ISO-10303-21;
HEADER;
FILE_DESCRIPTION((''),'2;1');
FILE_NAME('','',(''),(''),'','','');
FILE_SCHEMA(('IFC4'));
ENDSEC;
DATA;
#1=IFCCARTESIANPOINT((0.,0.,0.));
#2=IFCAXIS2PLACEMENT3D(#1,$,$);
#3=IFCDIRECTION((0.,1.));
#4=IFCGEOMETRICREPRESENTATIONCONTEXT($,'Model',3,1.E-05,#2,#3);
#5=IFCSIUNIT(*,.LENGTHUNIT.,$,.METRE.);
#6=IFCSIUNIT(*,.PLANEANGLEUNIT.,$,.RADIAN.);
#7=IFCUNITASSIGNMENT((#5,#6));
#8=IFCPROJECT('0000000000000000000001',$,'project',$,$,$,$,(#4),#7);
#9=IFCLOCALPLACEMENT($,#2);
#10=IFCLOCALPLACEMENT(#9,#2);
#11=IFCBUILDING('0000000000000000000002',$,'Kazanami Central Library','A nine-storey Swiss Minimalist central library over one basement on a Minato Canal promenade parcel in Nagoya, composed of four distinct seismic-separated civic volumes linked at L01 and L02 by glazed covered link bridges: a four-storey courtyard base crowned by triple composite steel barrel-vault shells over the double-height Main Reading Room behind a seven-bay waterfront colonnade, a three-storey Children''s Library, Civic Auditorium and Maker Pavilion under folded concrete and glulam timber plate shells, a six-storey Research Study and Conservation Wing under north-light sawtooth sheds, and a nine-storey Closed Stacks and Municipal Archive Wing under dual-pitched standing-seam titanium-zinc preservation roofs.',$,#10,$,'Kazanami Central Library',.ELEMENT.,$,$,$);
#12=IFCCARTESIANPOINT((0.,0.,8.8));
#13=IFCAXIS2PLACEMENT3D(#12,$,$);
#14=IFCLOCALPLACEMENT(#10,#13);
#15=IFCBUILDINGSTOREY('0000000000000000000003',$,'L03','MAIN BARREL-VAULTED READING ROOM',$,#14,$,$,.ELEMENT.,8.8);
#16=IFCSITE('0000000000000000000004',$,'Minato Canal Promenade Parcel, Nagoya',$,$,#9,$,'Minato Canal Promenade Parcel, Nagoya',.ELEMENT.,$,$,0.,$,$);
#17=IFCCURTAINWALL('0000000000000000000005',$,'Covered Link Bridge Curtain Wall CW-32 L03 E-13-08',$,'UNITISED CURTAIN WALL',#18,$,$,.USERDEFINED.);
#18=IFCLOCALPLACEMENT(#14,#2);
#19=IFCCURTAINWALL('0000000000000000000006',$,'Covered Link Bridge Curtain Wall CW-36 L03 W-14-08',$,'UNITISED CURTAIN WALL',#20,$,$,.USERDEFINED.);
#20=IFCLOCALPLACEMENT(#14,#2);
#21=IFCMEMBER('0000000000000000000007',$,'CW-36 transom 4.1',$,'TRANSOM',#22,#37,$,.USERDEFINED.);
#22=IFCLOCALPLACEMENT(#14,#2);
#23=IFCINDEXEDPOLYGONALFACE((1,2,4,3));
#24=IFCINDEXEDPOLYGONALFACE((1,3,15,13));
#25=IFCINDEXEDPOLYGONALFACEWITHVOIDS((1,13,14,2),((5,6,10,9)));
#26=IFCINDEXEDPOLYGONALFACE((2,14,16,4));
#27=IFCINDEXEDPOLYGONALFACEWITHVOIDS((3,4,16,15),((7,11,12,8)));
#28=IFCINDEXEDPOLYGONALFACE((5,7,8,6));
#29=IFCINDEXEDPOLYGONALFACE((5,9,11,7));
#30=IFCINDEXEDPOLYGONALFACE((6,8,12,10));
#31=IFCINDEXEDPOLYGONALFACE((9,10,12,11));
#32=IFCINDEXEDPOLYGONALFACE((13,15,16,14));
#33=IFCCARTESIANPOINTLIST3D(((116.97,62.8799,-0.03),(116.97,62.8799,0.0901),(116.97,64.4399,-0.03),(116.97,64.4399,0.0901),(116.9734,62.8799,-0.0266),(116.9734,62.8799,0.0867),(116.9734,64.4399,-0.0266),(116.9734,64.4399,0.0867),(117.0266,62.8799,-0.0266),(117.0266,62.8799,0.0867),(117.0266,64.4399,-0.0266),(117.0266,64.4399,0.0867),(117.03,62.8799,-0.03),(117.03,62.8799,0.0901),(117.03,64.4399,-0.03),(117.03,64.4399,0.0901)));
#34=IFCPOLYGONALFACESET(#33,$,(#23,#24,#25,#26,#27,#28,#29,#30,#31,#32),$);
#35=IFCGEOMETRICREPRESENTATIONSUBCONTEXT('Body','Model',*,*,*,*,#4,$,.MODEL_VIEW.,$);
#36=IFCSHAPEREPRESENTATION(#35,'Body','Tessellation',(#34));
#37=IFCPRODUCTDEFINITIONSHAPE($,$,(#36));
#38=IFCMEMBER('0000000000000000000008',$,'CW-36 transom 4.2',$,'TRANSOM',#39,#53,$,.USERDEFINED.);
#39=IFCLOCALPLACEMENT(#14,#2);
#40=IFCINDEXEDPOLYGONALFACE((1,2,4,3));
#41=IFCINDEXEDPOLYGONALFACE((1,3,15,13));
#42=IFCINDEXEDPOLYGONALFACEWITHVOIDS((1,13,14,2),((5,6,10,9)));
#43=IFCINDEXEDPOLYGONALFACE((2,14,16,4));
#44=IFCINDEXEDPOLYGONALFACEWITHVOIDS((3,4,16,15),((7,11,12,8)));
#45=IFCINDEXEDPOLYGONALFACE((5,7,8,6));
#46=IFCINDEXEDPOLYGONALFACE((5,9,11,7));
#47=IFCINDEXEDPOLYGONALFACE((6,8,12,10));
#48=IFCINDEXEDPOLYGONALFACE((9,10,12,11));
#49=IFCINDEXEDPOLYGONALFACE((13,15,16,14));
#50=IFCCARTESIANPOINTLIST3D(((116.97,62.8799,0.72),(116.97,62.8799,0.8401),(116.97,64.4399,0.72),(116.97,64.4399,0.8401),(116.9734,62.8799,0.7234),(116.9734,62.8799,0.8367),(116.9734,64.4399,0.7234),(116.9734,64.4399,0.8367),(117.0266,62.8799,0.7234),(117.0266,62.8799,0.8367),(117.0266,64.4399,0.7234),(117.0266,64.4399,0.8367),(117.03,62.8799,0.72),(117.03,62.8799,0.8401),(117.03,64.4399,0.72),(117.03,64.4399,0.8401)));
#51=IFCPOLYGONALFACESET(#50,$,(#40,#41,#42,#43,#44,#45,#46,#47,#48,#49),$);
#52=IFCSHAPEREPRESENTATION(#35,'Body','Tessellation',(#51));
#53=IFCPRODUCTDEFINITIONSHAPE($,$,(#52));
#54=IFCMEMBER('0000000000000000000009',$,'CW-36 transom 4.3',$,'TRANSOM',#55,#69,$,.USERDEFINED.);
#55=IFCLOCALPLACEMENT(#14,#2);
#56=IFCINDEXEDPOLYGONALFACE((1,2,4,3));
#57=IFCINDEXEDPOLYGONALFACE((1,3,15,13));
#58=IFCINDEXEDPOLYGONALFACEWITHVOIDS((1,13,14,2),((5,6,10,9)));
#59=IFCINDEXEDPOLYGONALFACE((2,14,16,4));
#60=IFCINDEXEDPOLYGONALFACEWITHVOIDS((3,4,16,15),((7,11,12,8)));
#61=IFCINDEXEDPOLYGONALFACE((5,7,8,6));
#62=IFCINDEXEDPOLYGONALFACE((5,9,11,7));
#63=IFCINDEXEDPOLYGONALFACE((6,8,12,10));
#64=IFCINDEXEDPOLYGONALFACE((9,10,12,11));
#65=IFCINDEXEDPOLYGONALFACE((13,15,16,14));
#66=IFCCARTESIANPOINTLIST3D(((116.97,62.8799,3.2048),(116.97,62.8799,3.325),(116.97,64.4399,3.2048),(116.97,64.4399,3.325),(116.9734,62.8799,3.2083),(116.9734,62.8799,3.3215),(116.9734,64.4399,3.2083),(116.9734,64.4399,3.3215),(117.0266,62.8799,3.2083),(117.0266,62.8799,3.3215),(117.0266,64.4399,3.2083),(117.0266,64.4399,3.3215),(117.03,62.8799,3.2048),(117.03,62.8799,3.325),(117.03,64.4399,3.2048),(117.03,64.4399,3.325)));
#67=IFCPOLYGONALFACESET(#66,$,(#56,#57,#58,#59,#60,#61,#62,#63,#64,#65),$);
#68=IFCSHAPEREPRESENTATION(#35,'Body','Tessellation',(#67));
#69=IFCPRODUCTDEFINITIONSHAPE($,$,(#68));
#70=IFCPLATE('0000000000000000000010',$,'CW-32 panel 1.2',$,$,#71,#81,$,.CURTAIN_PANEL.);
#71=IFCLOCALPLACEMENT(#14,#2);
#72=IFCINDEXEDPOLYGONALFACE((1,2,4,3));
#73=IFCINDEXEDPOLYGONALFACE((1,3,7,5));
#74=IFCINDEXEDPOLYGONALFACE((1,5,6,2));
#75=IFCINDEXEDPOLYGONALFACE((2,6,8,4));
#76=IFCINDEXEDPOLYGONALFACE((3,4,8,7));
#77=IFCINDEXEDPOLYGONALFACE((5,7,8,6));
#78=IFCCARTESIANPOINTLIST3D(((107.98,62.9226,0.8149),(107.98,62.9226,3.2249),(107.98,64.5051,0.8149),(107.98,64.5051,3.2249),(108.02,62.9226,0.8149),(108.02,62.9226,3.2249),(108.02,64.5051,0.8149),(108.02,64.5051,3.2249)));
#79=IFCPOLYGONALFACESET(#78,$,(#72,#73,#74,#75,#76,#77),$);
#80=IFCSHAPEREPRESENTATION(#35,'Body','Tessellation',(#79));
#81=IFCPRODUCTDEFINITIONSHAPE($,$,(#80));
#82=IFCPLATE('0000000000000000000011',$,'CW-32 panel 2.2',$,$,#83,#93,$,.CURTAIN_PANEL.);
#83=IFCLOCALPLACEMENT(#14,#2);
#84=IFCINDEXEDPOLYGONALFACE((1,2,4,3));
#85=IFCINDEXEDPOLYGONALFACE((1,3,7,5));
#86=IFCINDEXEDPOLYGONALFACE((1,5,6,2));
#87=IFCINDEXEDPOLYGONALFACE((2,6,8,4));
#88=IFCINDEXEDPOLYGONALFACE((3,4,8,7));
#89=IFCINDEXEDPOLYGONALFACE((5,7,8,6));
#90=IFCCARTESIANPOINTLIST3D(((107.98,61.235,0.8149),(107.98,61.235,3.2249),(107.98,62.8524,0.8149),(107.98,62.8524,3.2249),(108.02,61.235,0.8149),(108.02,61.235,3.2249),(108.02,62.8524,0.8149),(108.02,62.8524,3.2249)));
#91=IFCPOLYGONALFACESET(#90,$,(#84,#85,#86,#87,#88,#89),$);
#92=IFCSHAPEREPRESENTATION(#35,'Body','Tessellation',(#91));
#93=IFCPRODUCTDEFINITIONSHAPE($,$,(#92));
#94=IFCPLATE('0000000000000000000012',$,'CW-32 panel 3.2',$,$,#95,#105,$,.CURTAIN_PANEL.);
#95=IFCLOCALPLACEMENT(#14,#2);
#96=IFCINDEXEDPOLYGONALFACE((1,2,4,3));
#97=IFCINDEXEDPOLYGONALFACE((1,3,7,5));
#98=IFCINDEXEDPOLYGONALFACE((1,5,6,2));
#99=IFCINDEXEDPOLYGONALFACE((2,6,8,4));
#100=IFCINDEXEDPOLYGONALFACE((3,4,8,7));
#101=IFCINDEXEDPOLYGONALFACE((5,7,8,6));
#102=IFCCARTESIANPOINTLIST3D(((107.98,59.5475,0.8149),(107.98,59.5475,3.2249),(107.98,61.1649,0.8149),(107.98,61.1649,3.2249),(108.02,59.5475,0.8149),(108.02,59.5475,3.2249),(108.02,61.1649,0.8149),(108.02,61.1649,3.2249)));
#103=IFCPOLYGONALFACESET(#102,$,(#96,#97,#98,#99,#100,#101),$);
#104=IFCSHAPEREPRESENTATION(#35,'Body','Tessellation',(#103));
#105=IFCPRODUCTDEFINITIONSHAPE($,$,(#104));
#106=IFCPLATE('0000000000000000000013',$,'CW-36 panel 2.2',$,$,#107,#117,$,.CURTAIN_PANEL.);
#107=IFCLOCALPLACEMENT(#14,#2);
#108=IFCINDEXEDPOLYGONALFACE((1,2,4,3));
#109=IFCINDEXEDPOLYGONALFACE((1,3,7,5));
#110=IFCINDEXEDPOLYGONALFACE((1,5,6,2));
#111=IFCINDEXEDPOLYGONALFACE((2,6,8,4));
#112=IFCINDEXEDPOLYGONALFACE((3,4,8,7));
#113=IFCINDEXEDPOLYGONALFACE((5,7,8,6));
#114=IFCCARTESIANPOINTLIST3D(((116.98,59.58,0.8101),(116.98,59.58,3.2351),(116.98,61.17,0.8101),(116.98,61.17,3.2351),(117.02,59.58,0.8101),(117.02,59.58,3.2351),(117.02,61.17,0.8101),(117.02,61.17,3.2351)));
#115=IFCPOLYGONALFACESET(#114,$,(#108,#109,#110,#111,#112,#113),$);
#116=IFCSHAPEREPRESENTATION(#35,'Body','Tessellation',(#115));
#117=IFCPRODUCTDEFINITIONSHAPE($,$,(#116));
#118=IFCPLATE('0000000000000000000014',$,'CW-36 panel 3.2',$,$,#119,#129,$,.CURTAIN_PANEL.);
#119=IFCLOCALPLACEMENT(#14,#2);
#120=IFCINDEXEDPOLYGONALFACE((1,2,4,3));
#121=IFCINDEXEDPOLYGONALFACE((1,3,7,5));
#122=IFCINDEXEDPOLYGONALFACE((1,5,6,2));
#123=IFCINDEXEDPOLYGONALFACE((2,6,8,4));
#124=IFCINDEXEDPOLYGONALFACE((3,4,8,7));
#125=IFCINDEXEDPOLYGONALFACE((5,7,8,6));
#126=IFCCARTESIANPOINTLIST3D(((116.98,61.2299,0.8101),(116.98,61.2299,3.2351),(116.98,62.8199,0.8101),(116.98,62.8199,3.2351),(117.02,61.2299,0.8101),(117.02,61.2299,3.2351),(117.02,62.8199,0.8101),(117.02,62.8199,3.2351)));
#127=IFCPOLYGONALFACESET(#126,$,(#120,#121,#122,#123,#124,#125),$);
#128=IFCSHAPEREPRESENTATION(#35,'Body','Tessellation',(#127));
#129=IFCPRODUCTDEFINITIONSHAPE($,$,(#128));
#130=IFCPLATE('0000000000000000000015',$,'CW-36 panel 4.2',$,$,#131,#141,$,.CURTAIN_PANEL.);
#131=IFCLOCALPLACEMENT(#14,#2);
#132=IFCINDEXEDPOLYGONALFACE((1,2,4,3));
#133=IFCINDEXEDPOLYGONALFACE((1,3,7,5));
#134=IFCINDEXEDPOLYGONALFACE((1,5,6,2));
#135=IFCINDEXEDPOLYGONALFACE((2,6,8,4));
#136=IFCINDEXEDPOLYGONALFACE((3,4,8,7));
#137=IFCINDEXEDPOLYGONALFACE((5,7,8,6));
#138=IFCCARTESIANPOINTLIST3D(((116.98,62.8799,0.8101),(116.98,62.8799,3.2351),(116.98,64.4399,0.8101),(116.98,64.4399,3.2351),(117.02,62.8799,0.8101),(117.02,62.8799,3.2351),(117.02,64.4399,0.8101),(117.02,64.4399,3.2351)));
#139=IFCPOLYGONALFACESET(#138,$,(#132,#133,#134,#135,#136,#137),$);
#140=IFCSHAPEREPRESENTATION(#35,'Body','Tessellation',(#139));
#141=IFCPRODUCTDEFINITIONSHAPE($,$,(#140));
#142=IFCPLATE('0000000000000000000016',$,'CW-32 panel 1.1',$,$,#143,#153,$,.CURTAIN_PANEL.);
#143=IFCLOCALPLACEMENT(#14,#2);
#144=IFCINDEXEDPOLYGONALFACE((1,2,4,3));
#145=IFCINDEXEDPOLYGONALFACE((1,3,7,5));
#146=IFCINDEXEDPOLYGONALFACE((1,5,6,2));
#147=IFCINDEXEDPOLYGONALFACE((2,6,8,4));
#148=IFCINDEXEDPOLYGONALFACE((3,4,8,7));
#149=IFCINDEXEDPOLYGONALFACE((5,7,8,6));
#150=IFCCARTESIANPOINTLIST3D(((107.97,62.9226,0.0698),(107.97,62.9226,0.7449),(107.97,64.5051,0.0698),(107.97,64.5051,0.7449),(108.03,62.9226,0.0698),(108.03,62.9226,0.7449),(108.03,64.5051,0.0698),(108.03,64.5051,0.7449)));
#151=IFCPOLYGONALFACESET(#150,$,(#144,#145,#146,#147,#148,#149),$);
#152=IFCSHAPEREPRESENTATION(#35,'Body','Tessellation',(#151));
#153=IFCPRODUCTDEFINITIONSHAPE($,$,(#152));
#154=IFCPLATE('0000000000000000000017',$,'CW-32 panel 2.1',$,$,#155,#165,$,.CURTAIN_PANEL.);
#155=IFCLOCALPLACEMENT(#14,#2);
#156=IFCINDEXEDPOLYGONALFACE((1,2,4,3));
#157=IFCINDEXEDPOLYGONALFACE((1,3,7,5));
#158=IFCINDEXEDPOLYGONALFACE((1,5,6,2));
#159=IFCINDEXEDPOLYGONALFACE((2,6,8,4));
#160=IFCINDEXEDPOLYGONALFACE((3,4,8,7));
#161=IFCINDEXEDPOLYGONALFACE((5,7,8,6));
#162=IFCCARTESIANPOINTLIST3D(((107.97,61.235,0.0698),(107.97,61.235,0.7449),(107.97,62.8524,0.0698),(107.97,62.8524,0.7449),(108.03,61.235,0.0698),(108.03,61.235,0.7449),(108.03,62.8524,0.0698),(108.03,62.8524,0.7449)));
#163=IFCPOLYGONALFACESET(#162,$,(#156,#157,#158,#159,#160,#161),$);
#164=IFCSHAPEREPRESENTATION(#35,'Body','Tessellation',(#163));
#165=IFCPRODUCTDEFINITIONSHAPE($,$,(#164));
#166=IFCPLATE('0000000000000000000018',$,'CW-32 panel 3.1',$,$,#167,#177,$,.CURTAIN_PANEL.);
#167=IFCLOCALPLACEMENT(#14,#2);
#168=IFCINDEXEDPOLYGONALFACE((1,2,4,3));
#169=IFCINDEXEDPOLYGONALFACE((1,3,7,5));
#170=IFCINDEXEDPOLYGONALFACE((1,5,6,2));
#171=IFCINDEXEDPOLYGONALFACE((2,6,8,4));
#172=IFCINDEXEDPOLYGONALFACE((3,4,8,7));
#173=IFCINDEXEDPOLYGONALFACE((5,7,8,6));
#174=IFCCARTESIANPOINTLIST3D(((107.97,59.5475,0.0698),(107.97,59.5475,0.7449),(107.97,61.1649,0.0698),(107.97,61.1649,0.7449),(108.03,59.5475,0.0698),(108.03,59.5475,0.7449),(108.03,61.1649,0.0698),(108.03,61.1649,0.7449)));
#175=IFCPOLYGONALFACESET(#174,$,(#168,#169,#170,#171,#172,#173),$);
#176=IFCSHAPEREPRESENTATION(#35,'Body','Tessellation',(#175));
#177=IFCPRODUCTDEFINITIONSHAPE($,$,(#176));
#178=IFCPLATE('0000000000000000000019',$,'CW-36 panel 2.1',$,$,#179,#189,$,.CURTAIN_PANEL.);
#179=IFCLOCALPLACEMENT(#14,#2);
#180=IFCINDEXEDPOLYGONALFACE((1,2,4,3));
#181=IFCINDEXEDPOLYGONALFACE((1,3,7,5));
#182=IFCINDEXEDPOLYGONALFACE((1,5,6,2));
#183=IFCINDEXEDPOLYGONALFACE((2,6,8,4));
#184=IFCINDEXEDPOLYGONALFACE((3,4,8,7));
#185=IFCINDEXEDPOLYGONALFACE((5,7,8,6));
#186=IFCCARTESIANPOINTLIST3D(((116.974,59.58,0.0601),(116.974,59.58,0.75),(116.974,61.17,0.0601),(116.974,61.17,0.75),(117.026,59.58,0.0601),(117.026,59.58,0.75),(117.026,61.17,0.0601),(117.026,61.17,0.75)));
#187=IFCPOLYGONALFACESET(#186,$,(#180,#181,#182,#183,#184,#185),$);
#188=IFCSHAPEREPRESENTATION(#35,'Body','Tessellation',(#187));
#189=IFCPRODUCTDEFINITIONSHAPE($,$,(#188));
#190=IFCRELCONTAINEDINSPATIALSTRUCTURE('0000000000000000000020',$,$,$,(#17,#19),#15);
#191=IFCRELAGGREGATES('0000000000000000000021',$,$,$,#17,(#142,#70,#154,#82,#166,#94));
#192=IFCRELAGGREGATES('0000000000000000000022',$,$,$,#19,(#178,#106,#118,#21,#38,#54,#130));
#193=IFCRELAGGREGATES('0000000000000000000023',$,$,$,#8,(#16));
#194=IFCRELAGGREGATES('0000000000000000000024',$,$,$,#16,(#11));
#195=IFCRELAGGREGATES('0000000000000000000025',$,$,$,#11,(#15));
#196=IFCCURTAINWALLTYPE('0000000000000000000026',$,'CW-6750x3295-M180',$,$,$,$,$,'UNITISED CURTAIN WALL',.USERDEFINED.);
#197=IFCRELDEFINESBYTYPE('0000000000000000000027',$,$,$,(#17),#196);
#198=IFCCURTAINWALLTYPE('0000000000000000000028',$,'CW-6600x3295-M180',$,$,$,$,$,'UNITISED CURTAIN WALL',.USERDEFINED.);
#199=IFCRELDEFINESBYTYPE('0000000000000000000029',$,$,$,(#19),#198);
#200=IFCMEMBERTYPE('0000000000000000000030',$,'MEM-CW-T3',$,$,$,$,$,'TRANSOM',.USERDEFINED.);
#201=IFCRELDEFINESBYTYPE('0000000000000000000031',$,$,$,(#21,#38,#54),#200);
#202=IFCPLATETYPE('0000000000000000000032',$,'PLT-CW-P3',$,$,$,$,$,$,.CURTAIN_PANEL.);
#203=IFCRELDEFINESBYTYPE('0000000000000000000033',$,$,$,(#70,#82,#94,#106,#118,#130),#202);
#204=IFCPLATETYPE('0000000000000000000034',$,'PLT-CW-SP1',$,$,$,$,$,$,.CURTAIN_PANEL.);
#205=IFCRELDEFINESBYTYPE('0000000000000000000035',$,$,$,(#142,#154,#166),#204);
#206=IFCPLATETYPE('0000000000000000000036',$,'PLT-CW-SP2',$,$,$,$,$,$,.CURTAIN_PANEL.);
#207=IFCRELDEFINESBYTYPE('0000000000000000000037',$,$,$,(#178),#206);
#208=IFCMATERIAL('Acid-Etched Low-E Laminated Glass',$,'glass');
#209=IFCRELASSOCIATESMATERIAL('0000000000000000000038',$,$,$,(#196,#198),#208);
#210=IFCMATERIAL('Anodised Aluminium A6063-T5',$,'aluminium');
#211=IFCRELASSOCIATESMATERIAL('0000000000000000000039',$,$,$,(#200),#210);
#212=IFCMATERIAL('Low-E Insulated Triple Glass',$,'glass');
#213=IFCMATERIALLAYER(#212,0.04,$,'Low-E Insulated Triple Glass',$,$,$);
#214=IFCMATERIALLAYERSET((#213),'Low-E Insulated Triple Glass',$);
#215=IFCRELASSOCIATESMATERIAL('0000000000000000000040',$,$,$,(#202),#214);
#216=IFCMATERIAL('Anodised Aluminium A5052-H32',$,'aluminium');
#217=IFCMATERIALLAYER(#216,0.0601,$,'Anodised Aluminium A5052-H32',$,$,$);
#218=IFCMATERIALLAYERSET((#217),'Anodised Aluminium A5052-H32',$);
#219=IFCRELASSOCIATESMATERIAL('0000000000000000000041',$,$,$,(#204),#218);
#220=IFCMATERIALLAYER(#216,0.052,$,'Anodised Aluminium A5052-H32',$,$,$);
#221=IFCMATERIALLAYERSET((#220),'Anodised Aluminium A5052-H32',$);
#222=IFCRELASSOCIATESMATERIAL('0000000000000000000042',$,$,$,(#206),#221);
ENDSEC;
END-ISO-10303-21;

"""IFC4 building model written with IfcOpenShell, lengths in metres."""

from ifc_helpers import new_model, si_unit, direction, frame, origin, origin_2d, place, context, subcontext, project, spatial, rectangle, hollow_rectangle, extrude, material, layer, layer_set, material_profile, profile_set, type_object, element, aggregate, save


model = new_model("IFC4")

# Units and contexts
model_context = context("Model", 3, precision=1e-05, world=origin(), true_north=direction((0.0, 1.0)))
body_context = subcontext(model_context, "Body", "Model", "MODEL_VIEW")
ifc_project = project(units=[si_unit("LENGTHUNIT", "METRE"), si_unit("PLANEANGLEUNIT", "RADIAN")], contexts=[model_context])

# Site, building, storey
site_placement = place(None, origin())
site = spatial("IfcSite", under=ifc_project, at=site_placement, Name="Minato Canal Promenade Parcel, Nagoya", LongName="Minato Canal Promenade Parcel, Nagoya", CompositionType="ELEMENT", RefElevation=0.0)
building_placement = place(site_placement, origin())
building = spatial("IfcBuilding", under=site, at=building_placement, Name="Kazanami Central Library", Description="A nine-storey Swiss Minimalist central library over one basement on a Minato Canal promenade parcel in Nagoya, composed of four distinct seismic-separated civic volumes linked at L01 and L02 by glazed covered link bridges: a four-storey courtyard base crowned by triple composite steel barrel-vault shells over the double-height Main Reading Room behind a seven-bay waterfront colonnade, a three-storey Children's Library, Civic Auditorium and Maker Pavilion under folded concrete and glulam timber plate shells, a six-storey Research Study and Conservation Wing under north-light sawtooth sheds, and a nine-storey Closed Stacks and Municipal Archive Wing under dual-pitched standing-seam titanium-zinc preservation roofs.", LongName="Kazanami Central Library", CompositionType="ELEMENT")
storey_placement = place(building_placement, frame((0.0, 0.0, 8.8)))
storey = spatial("IfcBuildingStorey", under=building, at=storey_placement, Name="L03", Description="MAIN BARREL-VAULTED READING ROOM", CompositionType="ELEMENT", Elevation=8.8)

# Curtain wall
ifc_material_1 = material(Name="Acid-Etched Low-E Laminated Glass", Category="glass")
curtain_wall_type_1 = type_object("IfcCurtainWallType", Name="CW-6750x3295-M180", ElementType="UNITISED CURTAIN WALL", PredefinedType="USERDEFINED", material=ifc_material_1)
curtain_wall_1_placement = place(storey_placement, origin())
curtain_wall_1 = element("IfcCurtainWall", 1, at=curtain_wall_1_placement, inside=storey, type_object=curtain_wall_type_1, Name="Covered Link Bridge Curtain Wall CW-32 L03 E-13-08", ObjectType="UNITISED CURTAIN WALL", PredefinedType="USERDEFINED")
ifc_material_2 = material(Name="Anodised Aluminium A6063-T5", Category="aluminium")

# Curtain wall
curtain_wall_type_2 = type_object("IfcCurtainWallType", Name="CW-6600x3295-M180", ElementType="UNITISED CURTAIN WALL", PredefinedType="USERDEFINED", material=ifc_material_1)
curtain_wall_2_placement = place(storey_placement, origin())
curtain_wall_2 = element("IfcCurtainWall", 2, at=curtain_wall_2_placement, inside=storey, type_object=curtain_wall_type_2, Name="Covered Link Bridge Curtain Wall CW-36 L03 W-14-08", ObjectType="UNITISED CURTAIN WALL", PredefinedType="USERDEFINED")

# Members
ifc_material_profile_1 = material_profile(ifc_material_2, hollow_rectangle(XDim=0.0601, YDim=0.1201, WallThickness=0.0034, at=origin_2d()), Name="ALU-TRAN-60x120x3.5")
ifc_profile_set_1 = profile_set([ifc_material_profile_1], Name="Anodised Aluminium A6063-T5")
member_type_1 = type_object("IfcMemberType", Name="MEM-CW-T3", ElementType="TRANSOM", PredefinedType="USERDEFINED", material=ifc_profile_set_1)
member_1_placement = place(storey_placement, frame((117.0, 62.8799, 0.03), z_axis=(0.0, 1.0, 0.0), x_axis=(-1.0, 0.0, 0.0)))
member_1 = element("IfcMember", 3, at=member_1_placement, type_object=member_type_1, Name="CW-36 transom 4.1", ObjectType="TRANSOM", PredefinedType="USERDEFINED", context=body_context, shape_type="SweptSolid", body=[
    extrude(hollow_rectangle(XDim=0.0601, YDim=0.1201, WallThickness=0.0034, at=origin_2d()), origin(), (0.0, 0.0, 1.0), 1.5601),
])
member_2_placement = place(storey_placement, frame((117.0, 62.8799, 0.78), z_axis=(0.0, 1.0, 0.0), x_axis=(-1.0, 0.0, 0.0)))
member_2 = element("IfcMember", 4, at=member_2_placement, type_object=member_type_1, Name="CW-36 transom 4.2", ObjectType="TRANSOM", PredefinedType="USERDEFINED", context=body_context, shape_type="SweptSolid", body=[
    extrude(hollow_rectangle(XDim=0.0601, YDim=0.1201, WallThickness=0.0034, at=origin_2d()), origin(), (0.0, 0.0, 1.0), 1.5601),
])
member_3_placement = place(storey_placement, frame((117.0, 62.8799, 3.2649), z_axis=(0.0, 1.0, 0.0), x_axis=(-1.0, 0.0, 0.0)))
member_3 = element("IfcMember", 5, at=member_3_placement, type_object=member_type_1, Name="CW-36 transom 4.3", ObjectType="TRANSOM", PredefinedType="USERDEFINED", context=body_context, shape_type="SweptSolid", body=[
    extrude(hollow_rectangle(XDim=0.0601, YDim=0.1201, WallThickness=0.0034, at=origin_2d()), origin(), (0.0, 0.0, 1.0), 1.5601),
])

# Plates
ifc_material_3 = material(Name="Low-E Insulated Triple Glass", Category="glass")
ifc_layer_1 = layer(ifc_material_3, 0.04, Name="Low-E Insulated Triple Glass")
ifc_layer_set_1 = layer_set([ifc_layer_1], Name="Low-E Insulated Triple Glass")
plate_type_1 = type_object("IfcPlateType", Name="PLT-CW-P3", PredefinedType="CURTAIN_PANEL", material=ifc_layer_set_1)
plate_1_placement = place(storey_placement, frame((108.0, 63.7139, 0.8149), z_axis=(0.0, 0.0, 1.0), x_axis=(0.0, -1.0, 0.0)))
plate_1 = element("IfcPlate", 6, at=plate_1_placement, type_object=plate_type_1, Name="CW-32 panel 1.2", PredefinedType="CURTAIN_PANEL", context=body_context, shape_type="SweptSolid", body=[
    extrude(rectangle(XDim=1.5825, YDim=0.04, at=origin_2d()), origin(), (0.0, 0.0, 1.0), 2.4099),
])
plate_2_placement = place(storey_placement, frame((108.0, 62.0437, 0.8149), z_axis=(0.0, 0.0, 1.0), x_axis=(0.0, -1.0, 0.0)))
plate_2 = element("IfcPlate", 7, at=plate_2_placement, type_object=plate_type_1, Name="CW-32 panel 2.2", PredefinedType="CURTAIN_PANEL", context=body_context, shape_type="SweptSolid", body=[
    extrude(rectangle(XDim=1.6174, YDim=0.04, at=origin_2d()), origin(), (0.0, 0.0, 1.0), 2.4099),
])
plate_3_placement = place(storey_placement, frame((108.0, 60.3562, 0.8149), z_axis=(0.0, 0.0, 1.0), x_axis=(0.0, -1.0, 0.0)))
plate_3 = element("IfcPlate", 8, at=plate_3_placement, type_object=plate_type_1, Name="CW-32 panel 3.2", PredefinedType="CURTAIN_PANEL", context=body_context, shape_type="SweptSolid", body=[
    extrude(rectangle(XDim=1.6174, YDim=0.04, at=origin_2d()), origin(), (0.0, 0.0, 1.0), 2.4099),
])
plate_4_placement = place(storey_placement, frame((117.0, 60.375, 0.8101), z_axis=(0.0, 0.0, 1.0), x_axis=(0.0, 1.0, 0.0)))
plate_4 = element("IfcPlate", 9, at=plate_4_placement, type_object=plate_type_1, Name="CW-36 panel 2.2", PredefinedType="CURTAIN_PANEL", context=body_context, shape_type="SweptSolid", body=[
    extrude(rectangle(XDim=1.5901, YDim=0.04, at=origin_2d()), origin(), (0.0, 0.0, 1.0), 2.425),
])
plate_5_placement = place(storey_placement, frame((117.0, 62.0249, 0.8101), z_axis=(0.0, 0.0, 1.0), x_axis=(0.0, 1.0, 0.0)))
plate_5 = element("IfcPlate", 10, at=plate_5_placement, type_object=plate_type_1, Name="CW-36 panel 3.2", PredefinedType="CURTAIN_PANEL", context=body_context, shape_type="SweptSolid", body=[
    extrude(rectangle(XDim=1.5901, YDim=0.04, at=origin_2d()), origin(), (0.0, 0.0, 1.0), 2.425),
])
plate_6_placement = place(storey_placement, frame((117.0, 63.6599, 0.8101), z_axis=(0.0, 0.0, 1.0), x_axis=(0.0, 1.0, 0.0)))
plate_6 = element("IfcPlate", 11, at=plate_6_placement, type_object=plate_type_1, Name="CW-36 panel 4.2", PredefinedType="CURTAIN_PANEL", context=body_context, shape_type="SweptSolid", body=[
    extrude(rectangle(XDim=1.5601, YDim=0.04, at=origin_2d()), origin(), (0.0, 0.0, 1.0), 2.425),
])
ifc_material_4 = material(Name="Anodised Aluminium A5052-H32", Category="aluminium")
ifc_layer_2 = layer(ifc_material_4, 0.0601, Name="Anodised Aluminium A5052-H32")
ifc_layer_set_2 = layer_set([ifc_layer_2], Name="Anodised Aluminium A5052-H32")
plate_type_2 = type_object("IfcPlateType", Name="PLT-CW-SP1", PredefinedType="CURTAIN_PANEL", material=ifc_layer_set_2)
plate_7_placement = place(storey_placement, frame((108.0, 63.7139, 0.0698), z_axis=(0.0, 0.0, 1.0), x_axis=(0.0, -1.0, 0.0)))
plate_7 = element("IfcPlate", 12, at=plate_7_placement, type_object=plate_type_2, Name="CW-32 panel 1.1", PredefinedType="CURTAIN_PANEL", context=body_context, shape_type="SweptSolid", body=[
    extrude(rectangle(XDim=1.5825, YDim=0.0601, at=origin_2d()), origin(), (0.0, 0.0, 1.0), 0.675),
])
plate_8_placement = place(storey_placement, frame((108.0, 62.0437, 0.0698), z_axis=(0.0, 0.0, 1.0), x_axis=(0.0, -1.0, 0.0)))
plate_8 = element("IfcPlate", 13, at=plate_8_placement, type_object=plate_type_2, Name="CW-32 panel 2.1", PredefinedType="CURTAIN_PANEL", context=body_context, shape_type="SweptSolid", body=[
    extrude(rectangle(XDim=1.6174, YDim=0.0601, at=origin_2d()), origin(), (0.0, 0.0, 1.0), 0.675),
])
plate_9_placement = place(storey_placement, frame((108.0, 60.3562, 0.0698), z_axis=(0.0, 0.0, 1.0), x_axis=(0.0, -1.0, 0.0)))
plate_9 = element("IfcPlate", 14, at=plate_9_placement, type_object=plate_type_2, Name="CW-32 panel 3.1", PredefinedType="CURTAIN_PANEL", context=body_context, shape_type="SweptSolid", body=[
    extrude(rectangle(XDim=1.6174, YDim=0.0601, at=origin_2d()), origin(), (0.0, 0.0, 1.0), 0.675),
])
aggregate(curtain_wall_1, [plate_7, plate_1, plate_8, plate_2, plate_9, plate_3])
ifc_layer_3 = layer(ifc_material_4, 0.052, Name="Anodised Aluminium A5052-H32")
ifc_layer_set_3 = layer_set([ifc_layer_3], Name="Anodised Aluminium A5052-H32")
plate_type_3 = type_object("IfcPlateType", Name="PLT-CW-SP2", PredefinedType="CURTAIN_PANEL", material=ifc_layer_set_3)
plate_10_placement = place(storey_placement, frame((117.0, 60.375, 0.0601), z_axis=(0.0, 0.0, 1.0), x_axis=(0.0, 1.0, 0.0)))
plate_10 = element("IfcPlate", 15, at=plate_10_placement, type_object=plate_type_3, Name="CW-36 panel 2.1", PredefinedType="CURTAIN_PANEL", context=body_context, shape_type="SweptSolid", body=[
    extrude(rectangle(XDim=1.5901, YDim=0.052, at=origin_2d()), origin(), (0.0, 0.0, 1.0), 0.6899),
])
aggregate(curtain_wall_2, [plate_10, plate_4, plate_5, member_1, member_2, member_3, plate_6])

save(model, "model.ifc")
